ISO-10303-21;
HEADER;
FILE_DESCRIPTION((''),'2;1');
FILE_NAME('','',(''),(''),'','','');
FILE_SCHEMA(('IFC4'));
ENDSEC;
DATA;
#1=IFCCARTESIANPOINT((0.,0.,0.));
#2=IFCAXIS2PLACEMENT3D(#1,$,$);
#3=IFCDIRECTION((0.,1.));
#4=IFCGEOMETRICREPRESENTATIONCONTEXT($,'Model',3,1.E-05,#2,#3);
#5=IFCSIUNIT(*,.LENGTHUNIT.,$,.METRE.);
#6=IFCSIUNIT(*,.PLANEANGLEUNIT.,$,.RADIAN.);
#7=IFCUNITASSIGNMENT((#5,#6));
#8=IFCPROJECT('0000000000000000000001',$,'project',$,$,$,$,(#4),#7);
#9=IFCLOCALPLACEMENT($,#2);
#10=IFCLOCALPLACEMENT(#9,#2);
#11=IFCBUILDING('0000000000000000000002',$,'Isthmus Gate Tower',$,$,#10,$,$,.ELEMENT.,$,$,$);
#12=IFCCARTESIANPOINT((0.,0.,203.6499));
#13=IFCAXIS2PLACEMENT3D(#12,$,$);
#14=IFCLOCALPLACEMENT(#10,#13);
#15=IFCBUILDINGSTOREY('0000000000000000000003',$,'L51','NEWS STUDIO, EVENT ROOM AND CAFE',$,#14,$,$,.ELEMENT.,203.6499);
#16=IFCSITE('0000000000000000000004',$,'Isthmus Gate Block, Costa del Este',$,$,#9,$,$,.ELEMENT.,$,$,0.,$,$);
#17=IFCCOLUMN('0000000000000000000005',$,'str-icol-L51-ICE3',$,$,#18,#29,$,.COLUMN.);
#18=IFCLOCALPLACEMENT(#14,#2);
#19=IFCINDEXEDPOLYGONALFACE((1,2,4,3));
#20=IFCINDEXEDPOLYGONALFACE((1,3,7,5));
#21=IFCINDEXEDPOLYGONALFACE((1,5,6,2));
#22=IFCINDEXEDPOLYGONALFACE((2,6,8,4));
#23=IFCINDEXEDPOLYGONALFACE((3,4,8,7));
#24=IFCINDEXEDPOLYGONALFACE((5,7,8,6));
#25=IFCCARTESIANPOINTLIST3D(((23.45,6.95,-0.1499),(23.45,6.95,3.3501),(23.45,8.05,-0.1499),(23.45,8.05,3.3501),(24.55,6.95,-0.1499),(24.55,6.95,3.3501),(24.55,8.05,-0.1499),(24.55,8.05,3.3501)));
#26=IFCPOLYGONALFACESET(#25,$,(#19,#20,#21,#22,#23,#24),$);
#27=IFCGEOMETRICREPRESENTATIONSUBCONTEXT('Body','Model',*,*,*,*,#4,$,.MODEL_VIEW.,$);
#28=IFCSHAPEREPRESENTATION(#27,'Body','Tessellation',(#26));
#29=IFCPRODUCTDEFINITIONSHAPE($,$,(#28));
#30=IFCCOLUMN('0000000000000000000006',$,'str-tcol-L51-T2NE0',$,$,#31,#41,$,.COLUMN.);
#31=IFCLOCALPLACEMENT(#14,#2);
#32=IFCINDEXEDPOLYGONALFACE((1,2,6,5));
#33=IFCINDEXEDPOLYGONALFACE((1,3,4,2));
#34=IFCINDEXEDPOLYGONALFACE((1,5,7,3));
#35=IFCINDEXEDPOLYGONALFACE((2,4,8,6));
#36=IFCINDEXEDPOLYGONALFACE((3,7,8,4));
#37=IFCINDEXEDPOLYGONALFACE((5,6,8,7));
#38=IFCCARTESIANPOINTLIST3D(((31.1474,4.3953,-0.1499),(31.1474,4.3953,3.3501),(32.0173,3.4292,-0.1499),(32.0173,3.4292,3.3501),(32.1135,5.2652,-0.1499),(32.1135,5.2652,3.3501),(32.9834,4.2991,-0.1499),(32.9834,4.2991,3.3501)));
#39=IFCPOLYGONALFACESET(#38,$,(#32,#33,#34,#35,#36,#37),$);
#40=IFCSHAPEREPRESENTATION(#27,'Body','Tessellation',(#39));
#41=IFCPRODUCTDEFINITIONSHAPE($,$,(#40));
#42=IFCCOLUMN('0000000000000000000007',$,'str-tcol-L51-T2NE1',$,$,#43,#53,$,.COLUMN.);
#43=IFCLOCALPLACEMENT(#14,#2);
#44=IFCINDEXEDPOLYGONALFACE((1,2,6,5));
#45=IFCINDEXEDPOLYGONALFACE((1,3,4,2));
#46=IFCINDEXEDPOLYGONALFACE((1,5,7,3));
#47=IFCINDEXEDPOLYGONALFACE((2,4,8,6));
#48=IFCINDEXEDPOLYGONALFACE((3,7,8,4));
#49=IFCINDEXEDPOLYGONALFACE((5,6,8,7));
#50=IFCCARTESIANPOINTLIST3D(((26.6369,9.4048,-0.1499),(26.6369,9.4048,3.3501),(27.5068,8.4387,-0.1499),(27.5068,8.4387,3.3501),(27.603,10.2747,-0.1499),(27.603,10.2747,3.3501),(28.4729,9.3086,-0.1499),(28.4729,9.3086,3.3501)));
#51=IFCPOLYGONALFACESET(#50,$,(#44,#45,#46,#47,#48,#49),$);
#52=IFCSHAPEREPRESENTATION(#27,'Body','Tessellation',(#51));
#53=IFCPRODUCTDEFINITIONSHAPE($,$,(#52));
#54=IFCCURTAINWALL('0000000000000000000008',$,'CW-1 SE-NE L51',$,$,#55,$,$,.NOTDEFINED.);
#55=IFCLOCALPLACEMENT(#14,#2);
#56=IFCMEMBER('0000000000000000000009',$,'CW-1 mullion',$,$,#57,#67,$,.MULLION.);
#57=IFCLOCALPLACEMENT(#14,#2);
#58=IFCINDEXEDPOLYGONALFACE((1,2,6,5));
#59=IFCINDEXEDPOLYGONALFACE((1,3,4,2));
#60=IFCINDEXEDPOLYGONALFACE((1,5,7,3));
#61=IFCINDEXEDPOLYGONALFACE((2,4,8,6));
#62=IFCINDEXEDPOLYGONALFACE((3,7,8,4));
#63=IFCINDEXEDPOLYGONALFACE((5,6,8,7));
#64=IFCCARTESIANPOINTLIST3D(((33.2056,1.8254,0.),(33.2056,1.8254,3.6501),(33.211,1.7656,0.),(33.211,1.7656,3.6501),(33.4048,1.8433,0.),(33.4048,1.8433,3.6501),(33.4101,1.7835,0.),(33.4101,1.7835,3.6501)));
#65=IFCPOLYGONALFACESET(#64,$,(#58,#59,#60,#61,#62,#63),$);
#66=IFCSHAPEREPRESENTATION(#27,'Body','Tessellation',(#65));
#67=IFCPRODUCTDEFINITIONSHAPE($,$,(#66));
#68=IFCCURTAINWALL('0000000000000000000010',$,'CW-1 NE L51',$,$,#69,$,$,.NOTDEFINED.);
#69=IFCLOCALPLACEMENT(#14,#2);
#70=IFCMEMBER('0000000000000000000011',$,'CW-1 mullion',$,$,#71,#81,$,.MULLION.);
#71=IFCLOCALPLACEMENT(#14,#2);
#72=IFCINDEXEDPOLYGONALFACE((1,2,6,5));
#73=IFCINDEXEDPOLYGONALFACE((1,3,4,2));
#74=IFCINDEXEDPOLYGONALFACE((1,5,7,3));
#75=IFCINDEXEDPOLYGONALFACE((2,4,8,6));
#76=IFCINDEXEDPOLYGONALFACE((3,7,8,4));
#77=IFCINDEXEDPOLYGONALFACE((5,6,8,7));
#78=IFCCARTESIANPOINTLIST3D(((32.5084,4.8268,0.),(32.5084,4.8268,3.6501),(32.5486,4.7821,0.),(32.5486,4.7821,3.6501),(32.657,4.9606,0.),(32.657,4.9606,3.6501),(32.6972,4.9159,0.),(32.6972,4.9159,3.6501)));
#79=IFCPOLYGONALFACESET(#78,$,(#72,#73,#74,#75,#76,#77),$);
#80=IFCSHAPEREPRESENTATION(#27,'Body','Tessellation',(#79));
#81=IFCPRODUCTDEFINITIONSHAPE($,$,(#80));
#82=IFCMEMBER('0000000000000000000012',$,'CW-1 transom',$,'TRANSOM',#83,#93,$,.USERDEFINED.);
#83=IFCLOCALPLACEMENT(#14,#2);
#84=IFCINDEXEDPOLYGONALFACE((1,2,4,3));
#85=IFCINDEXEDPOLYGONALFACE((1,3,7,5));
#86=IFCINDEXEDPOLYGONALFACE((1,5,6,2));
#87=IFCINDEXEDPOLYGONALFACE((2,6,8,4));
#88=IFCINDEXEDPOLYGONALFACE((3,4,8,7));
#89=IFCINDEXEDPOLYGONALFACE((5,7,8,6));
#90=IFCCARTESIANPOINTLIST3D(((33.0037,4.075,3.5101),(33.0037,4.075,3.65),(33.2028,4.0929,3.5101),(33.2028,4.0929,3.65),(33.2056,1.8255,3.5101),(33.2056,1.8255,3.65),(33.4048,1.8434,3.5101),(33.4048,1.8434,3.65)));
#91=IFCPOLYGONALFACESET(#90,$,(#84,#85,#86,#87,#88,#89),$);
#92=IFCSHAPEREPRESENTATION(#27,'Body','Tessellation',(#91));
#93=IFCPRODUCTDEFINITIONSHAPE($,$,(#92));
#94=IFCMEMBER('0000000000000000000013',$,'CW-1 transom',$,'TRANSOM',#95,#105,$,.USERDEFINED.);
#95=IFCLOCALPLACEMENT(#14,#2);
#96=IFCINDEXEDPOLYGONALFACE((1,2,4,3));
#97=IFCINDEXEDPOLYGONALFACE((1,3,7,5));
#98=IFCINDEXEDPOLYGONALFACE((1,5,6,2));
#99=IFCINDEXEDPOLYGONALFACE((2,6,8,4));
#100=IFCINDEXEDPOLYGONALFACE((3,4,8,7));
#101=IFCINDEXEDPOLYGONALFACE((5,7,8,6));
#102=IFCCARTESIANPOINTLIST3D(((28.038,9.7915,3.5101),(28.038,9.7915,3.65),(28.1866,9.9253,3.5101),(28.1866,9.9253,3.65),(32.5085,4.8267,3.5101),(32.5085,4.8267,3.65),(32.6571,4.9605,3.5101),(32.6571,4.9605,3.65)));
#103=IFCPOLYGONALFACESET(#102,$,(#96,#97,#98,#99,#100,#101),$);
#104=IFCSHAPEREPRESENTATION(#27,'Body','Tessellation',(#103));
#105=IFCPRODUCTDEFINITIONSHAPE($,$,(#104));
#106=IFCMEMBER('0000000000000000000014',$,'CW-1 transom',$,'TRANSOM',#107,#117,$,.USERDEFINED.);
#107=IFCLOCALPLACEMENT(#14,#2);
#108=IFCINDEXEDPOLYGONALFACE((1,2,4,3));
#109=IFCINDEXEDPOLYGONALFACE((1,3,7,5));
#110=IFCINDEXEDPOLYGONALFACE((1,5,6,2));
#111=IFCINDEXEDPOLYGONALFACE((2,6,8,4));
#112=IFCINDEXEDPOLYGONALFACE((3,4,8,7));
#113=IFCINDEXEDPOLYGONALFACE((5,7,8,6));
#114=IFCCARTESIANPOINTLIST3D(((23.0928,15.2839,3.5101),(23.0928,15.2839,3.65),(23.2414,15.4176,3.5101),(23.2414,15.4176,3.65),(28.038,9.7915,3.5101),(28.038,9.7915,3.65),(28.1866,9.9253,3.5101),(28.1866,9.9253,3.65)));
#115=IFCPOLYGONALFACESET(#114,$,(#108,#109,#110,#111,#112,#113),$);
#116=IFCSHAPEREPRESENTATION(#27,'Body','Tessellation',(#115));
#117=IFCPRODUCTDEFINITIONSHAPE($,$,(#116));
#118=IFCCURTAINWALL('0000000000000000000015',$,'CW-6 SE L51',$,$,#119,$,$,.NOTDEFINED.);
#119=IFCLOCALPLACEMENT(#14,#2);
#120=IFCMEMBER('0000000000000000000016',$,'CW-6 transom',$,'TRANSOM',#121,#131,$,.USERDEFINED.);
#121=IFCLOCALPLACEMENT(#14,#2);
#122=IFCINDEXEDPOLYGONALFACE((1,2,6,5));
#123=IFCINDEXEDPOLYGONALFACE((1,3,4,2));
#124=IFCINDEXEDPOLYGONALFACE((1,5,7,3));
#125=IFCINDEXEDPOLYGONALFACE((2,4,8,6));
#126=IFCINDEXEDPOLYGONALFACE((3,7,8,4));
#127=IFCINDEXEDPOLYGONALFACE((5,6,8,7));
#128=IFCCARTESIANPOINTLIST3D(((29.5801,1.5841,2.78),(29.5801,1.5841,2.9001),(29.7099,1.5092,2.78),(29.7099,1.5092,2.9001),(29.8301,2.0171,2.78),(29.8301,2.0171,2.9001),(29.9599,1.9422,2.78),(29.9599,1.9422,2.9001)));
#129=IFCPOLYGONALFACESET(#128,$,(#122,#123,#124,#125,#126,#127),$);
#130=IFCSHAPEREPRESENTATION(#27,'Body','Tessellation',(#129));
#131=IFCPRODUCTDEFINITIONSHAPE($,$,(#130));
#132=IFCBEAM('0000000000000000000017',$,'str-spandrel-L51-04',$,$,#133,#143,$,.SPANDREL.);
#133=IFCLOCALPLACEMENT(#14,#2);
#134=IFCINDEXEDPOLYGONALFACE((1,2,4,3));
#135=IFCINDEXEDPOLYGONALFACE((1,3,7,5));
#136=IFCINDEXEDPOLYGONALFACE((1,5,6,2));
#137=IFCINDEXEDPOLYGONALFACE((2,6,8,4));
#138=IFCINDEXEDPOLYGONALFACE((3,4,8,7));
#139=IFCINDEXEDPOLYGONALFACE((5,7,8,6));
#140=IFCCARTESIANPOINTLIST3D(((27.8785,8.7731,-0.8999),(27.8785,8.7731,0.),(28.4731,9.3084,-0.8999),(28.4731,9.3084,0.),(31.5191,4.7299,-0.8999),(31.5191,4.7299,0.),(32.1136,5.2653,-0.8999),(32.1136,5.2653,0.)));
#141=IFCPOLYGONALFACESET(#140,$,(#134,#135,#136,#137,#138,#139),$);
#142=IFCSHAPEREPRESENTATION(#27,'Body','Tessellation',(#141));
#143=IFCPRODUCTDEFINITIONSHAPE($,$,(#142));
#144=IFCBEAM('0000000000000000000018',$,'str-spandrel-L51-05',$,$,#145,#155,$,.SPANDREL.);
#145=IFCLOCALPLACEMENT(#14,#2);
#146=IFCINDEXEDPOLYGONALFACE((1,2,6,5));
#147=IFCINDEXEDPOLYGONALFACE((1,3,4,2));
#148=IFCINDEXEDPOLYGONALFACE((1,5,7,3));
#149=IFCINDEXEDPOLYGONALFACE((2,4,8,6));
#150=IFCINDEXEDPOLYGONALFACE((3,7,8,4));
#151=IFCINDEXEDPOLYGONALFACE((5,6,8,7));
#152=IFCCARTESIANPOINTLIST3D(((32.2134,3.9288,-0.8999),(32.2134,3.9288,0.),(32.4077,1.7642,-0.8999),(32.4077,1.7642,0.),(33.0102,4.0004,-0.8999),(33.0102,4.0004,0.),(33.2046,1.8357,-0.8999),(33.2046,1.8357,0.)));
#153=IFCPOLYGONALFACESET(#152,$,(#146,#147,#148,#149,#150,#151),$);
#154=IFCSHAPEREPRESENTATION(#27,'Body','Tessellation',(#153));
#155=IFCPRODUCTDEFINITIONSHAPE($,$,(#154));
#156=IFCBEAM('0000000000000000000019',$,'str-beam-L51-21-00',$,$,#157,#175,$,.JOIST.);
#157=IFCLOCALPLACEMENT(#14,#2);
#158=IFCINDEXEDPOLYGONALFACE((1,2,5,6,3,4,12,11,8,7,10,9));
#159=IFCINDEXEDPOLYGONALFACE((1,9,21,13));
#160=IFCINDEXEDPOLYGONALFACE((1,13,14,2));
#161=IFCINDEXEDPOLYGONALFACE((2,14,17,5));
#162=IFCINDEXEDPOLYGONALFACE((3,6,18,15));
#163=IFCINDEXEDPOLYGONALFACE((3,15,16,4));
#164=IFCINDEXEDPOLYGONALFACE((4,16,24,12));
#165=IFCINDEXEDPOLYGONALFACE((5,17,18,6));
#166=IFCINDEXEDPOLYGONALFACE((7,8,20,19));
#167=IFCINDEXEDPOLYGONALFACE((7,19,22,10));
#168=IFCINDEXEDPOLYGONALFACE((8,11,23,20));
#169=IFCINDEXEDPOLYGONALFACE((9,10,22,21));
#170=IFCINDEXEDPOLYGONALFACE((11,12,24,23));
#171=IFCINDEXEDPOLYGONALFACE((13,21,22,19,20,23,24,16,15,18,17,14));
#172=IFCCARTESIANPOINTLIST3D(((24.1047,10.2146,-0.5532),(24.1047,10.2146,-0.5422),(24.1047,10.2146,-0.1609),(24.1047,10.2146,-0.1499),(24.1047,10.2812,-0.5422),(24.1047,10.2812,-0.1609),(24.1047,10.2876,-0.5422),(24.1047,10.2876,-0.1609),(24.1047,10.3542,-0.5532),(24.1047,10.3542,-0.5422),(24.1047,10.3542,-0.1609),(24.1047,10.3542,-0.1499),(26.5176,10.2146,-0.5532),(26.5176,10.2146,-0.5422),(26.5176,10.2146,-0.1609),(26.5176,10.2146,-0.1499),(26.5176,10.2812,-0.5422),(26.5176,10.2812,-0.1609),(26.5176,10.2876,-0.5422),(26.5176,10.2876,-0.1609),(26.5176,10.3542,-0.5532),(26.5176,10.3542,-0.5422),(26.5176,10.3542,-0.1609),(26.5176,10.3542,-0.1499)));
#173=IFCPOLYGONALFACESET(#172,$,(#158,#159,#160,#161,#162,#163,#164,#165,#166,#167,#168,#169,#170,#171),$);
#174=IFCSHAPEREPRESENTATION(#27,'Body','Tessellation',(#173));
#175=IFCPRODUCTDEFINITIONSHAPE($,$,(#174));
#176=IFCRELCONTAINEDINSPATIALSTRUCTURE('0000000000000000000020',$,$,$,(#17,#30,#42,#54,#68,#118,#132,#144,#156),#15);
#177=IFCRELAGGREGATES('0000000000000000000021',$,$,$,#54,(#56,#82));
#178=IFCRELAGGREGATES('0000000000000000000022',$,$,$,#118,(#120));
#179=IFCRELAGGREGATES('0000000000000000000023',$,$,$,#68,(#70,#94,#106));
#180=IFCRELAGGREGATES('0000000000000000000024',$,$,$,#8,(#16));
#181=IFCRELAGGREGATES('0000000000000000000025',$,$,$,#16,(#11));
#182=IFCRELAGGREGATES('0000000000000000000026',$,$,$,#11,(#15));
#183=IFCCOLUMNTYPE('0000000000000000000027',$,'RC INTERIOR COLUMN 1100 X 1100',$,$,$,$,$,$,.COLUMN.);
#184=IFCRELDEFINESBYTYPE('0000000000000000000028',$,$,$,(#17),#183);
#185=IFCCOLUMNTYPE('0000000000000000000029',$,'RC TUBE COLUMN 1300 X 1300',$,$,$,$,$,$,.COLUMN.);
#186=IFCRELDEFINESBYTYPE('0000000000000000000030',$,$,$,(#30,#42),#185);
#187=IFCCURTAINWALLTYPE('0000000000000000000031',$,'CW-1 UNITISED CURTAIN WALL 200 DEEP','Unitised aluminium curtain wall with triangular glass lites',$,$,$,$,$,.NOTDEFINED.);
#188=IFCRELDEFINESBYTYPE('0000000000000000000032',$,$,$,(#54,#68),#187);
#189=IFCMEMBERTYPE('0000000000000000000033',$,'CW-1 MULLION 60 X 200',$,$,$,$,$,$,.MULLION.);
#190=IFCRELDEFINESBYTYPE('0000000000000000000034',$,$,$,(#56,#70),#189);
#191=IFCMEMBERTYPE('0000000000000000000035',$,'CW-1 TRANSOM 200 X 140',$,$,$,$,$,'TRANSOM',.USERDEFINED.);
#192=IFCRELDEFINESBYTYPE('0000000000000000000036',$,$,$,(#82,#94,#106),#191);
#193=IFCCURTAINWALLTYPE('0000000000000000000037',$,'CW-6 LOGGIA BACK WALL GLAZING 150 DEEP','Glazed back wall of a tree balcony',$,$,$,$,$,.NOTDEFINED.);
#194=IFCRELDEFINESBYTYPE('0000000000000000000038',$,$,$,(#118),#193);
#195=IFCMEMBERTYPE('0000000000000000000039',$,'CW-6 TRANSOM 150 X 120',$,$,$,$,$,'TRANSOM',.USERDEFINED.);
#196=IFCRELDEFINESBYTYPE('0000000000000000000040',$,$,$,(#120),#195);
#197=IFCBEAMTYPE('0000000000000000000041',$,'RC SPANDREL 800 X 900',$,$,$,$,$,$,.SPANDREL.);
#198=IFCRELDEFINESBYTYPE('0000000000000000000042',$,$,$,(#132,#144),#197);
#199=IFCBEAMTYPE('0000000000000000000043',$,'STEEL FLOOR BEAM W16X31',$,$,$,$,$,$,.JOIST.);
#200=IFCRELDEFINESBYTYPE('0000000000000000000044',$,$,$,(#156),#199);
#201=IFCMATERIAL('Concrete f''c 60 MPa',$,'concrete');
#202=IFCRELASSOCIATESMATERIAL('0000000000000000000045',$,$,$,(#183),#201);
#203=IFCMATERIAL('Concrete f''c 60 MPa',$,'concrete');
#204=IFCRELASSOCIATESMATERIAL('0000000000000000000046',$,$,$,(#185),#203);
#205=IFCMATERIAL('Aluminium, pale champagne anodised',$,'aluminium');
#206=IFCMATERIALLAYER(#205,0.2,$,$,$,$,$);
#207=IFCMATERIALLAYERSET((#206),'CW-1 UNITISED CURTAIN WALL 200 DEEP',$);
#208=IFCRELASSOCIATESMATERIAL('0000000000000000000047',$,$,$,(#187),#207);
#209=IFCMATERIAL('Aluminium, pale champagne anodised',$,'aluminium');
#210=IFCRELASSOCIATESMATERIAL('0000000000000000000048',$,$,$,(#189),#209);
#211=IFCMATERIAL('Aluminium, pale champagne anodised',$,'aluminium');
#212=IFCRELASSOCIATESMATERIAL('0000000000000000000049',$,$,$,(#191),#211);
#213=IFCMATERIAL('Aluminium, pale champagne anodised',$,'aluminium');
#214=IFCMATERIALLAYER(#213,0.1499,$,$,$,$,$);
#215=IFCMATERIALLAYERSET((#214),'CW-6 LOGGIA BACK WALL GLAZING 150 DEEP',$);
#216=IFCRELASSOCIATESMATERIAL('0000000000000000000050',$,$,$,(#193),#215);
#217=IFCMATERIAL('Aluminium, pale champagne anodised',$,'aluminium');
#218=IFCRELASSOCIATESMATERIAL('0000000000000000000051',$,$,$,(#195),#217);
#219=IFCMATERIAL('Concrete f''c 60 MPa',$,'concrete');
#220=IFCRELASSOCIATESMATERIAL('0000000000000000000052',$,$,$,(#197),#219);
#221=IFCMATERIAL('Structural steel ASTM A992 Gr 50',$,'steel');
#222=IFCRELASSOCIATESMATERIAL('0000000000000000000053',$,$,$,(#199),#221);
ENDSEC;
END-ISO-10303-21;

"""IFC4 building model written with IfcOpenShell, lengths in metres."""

from ifc_helpers import new_model, si_unit, direction, frame, origin, origin_2d, place, context, subcontext, project, spatial, rectangle, i_section, extrude, material, layer, layer_set, material_profile, profile_set, type_object, element, aggregate, save


model = new_model("IFC4")

# Units and contexts
model_context = context("Model", 3, precision=1e-05, world=origin(), true_north=direction((0.0, 1.0)))
body_context = subcontext(model_context, "Body", "Model", "MODEL_VIEW")
ifc_project = project(units=[si_unit("LENGTHUNIT", "METRE"), si_unit("PLANEANGLEUNIT", "RADIAN")], contexts=[model_context])

# Site, building, storey
site_placement = place(None, origin())
site = spatial("IfcSite", under=ifc_project, at=site_placement, Name="Isthmus Gate Block, Costa del Este", CompositionType="ELEMENT", RefElevation=0.0)
building_placement = place(site_placement, origin())
building = spatial("IfcBuilding", under=site, at=building_placement, Name="Isthmus Gate Tower", CompositionType="ELEMENT")
storey_placement = place(building_placement, frame((0.0, 0.0, 203.6499)))
storey = spatial("IfcBuildingStorey", under=building, at=storey_placement, Name="L51", Description="NEWS STUDIO, EVENT ROOM AND CAFE", CompositionType="ELEMENT", Elevation=203.6499)

# Columns
ifc_material_1 = material(Name="Concrete f'c 60 MPa", Category="concrete")
ifc_material_profile_1 = material_profile(ifc_material_1, rectangle(XDim=1.1001, YDim=1.1001, at=origin_2d()), Name="RC 1100X1100")
ifc_profile_set_1 = profile_set([ifc_material_profile_1], Name="Concrete f'c 60 MPa")
column_type_1 = type_object("IfcColumnType", Name="RC INTERIOR COLUMN 1100 X 1100", PredefinedType="COLUMN", material=ifc_profile_set_1)
column_placement = place(storey_placement, frame((24.0, 7.5, -0.1499), z_axis=(0.0, 0.0, 1.0), x_axis=(1.0, 0.0, 0.0)))
element("IfcColumn", 1, at=column_placement, inside=storey, type_object=column_type_1, Name="str-icol-L51-ICE3", PredefinedType="COLUMN", context=body_context, shape_type="SweptSolid", body=[
    extrude(rectangle(XDim=1.1001, YDim=1.1001, at=origin_2d()), origin(), (0.0, 0.0, 1.0), 3.5),
])
ifc_material_2 = material(Name="Concrete f'c 60 MPa", Category="concrete")
ifc_material_profile_2 = material_profile(ifc_material_2, rectangle(XDim=1.3, YDim=1.3, at=origin_2d()), Name="RC 1300X1300")
ifc_profile_set_2 = profile_set([ifc_material_profile_2], Name="Concrete f'c 60 MPa")
column_type_2 = type_object("IfcColumnType", Name="RC TUBE COLUMN 1300 X 1300", PredefinedType="COLUMN", material=ifc_profile_set_2)
for number, where, z_axis, x_axis, name in (
    (2, (32.0654, 4.3472, -0.1499), (0.0, 0.0, 1.0), (-0.669131, 0.743145, 0.0), "str-tcol-L51-T2NE0"),
    (3, (27.5549, 9.3567, -0.1499), (0.0, 0.0, 1.0), (-0.669131, 0.743145, 0.0), "str-tcol-L51-T2NE1"),
):
    element("IfcColumn", number, at=place(storey_placement, frame(where, z_axis=z_axis, x_axis=x_axis)), inside=storey, type_object=column_type_2, Name=name, PredefinedType="COLUMN", context=body_context, shape_type="SweptSolid", body=[
        extrude(rectangle(XDim=1.3, YDim=1.3, at=origin_2d()), origin(), (0.0, 0.0, 1.0), 3.5),
    ])

# Curtain walls, members
ifc_material_3 = material(Name="Aluminium, pale champagne anodised", Category="aluminium")
ifc_layer_1 = layer(ifc_material_3, 0.2)
ifc_layer_set_1 = layer_set([ifc_layer_1], Name="CW-1 UNITISED CURTAIN WALL 200 DEEP")
curtain_wall_type_1 = type_object("IfcCurtainWallType", Name="CW-1 UNITISED CURTAIN WALL 200 DEEP", Description="Unitised aluminium curtain wall with triangular glass lites", PredefinedType="NOTDEFINED", material=ifc_layer_set_1)
curtain_wall_1_placement = place(storey_placement, origin())
curtain_wall_1 = element("IfcCurtainWall", 4, at=curtain_wall_1_placement, inside=storey, type_object=curtain_wall_type_1, Name="CW-1 SE-NE L51", PredefinedType="NOTDEFINED")
ifc_material_4 = material(Name="Aluminium, pale champagne anodised", Category="aluminium")
ifc_material_profile_3 = material_profile(ifc_material_4, rectangle(XDim=0.0601, YDim=0.2, at=origin_2d()), Name="60x200")
ifc_profile_set_3 = profile_set([ifc_material_profile_3], Name="Aluminium, pale champagne anodised")
member_type_1 = type_object("IfcMemberType", Name="CW-1 MULLION 60 X 200", PredefinedType="MULLION", material=ifc_profile_set_3)
member_1_placement = place(storey_placement, frame((33.3079, 1.8044, 0.0), z_axis=(0.0, 0.0, 1.0), x_axis=(-0.089397, 0.995996, 0.0)))
member_1 = element("IfcMember", 5, at=member_1_placement, type_object=member_type_1, Name="CW-1 mullion", PredefinedType="MULLION", context=body_context, shape_type="SweptSolid", body=[
    extrude(rectangle(XDim=0.0601, YDim=0.2, at=origin_2d()), origin(), (0.0, 0.0, 1.0), 3.6501),
])
curtain_wall_2_placement = place(storey_placement, origin())
curtain_wall_2 = element("IfcCurtainWall", 6, at=curtain_wall_2_placement, inside=storey, type_object=curtain_wall_type_1, Name="CW-1 NE L51", PredefinedType="NOTDEFINED")
member_2_placement = place(storey_placement, frame((32.6028, 4.8713, 0.0), z_axis=(0.0, 0.0, 1.0), x_axis=(-0.669131, 0.743145, 0.0)))
member_2 = element("IfcMember", 7, at=member_2_placement, type_object=member_type_1, Name="CW-1 mullion", PredefinedType="MULLION", context=body_context, shape_type="SweptSolid", body=[
    extrude(rectangle(XDim=0.0601, YDim=0.2, at=origin_2d()), origin(), (0.0, 0.0, 1.0), 3.6501),
])

# Members
ifc_material_5 = material(Name="Aluminium, pale champagne anodised", Category="aluminium")
ifc_material_profile_4 = material_profile(ifc_material_5, rectangle(XDim=0.2, YDim=0.1399, at=origin_2d()), Name="200x140")
ifc_profile_set_4 = profile_set([ifc_material_profile_4], Name="Aluminium, pale champagne anodised")
member_type_2 = type_object("IfcMemberType", Name="CW-1 TRANSOM 200 X 140", ElementType="TRANSOM", PredefinedType="USERDEFINED", material=ifc_profile_set_4)
member_3_placement = place(storey_placement, frame((33.3052, 1.8345, 3.5801), z_axis=(-0.089395, 0.995996, 0.0), x_axis=(-0.995996, -0.089395, 0.0)))
member_3 = element("IfcMember", 8, at=member_3_placement, type_object=member_type_2, Name="CW-1 transom", ObjectType="TRANSOM", PredefinedType="USERDEFINED", context=body_context, shape_type="SweptSolid", body=[
    extrude(rectangle(XDim=0.2, YDim=0.1399, at=origin_2d()), origin(), (0.0, 0.0, 1.0), 2.2585),
])
member_4_placement = place(storey_placement, frame((32.5828, 4.8936, 3.5801), z_axis=(-0.669138, 0.743138, 0.0), x_axis=(-0.743138, -0.669138, 0.0)))
member_4 = element("IfcMember", 9, at=member_4_placement, type_object=member_type_2, Name="CW-1 transom", ObjectType="TRANSOM", PredefinedType="USERDEFINED", context=body_context, shape_type="SweptSolid", body=[
    extrude(rectangle(XDim=0.2, YDim=0.1399, at=origin_2d()), origin(), (0.0, 0.0, 1.0), 6.6809),
])
member_5_placement = place(storey_placement, frame((28.1123, 9.8584, 3.5801), z_axis=(-0.669123, 0.743151, 0.0), x_axis=(-0.743151, -0.669123, 0.0)))
member_5 = element("IfcMember", 10, at=member_5_placement, type_object=member_type_2, Name="CW-1 transom", ObjectType="TRANSOM", PredefinedType="USERDEFINED", context=body_context, shape_type="SweptSolid", body=[
    extrude(rectangle(XDim=0.2, YDim=0.1399, at=origin_2d()), origin(), (0.0, 0.0, 1.0), 7.3906),
])

# Curtain wall, member
ifc_material_6 = material(Name="Aluminium, pale champagne anodised", Category="aluminium")
ifc_layer_2 = layer(ifc_material_6, 0.1499)
ifc_layer_set_2 = layer_set([ifc_layer_2], Name="CW-6 LOGGIA BACK WALL GLAZING 150 DEEP")
curtain_wall_type_2 = type_object("IfcCurtainWallType", Name="CW-6 LOGGIA BACK WALL GLAZING 150 DEEP", Description="Glazed back wall of a tree balcony", PredefinedType="NOTDEFINED", material=ifc_layer_set_2)
curtain_wall_3_placement = place(storey_placement, origin())
curtain_wall_3 = element("IfcCurtainWall", 11, at=curtain_wall_3_placement, inside=storey, type_object=curtain_wall_type_2, Name="CW-6 SE L51", PredefinedType="NOTDEFINED")
ifc_material_7 = material(Name="Aluminium, pale champagne anodised", Category="aluminium")
ifc_material_profile_5 = material_profile(ifc_material_7, rectangle(XDim=0.1499, YDim=0.1201, at=origin_2d()), Name="150x120")
ifc_profile_set_5 = profile_set([ifc_material_profile_5], Name="Aluminium, pale champagne anodised")
member_type_3 = type_object("IfcMemberType", Name="CW-6 TRANSOM 150 X 120", ElementType="TRANSOM", PredefinedType="USERDEFINED", material=ifc_profile_set_5)
member_6_placement = place(storey_placement, frame((29.645, 1.5466, 2.8401), z_axis=(0.49992, 0.866072, 0.0), x_axis=(-0.866072, 0.49992, 0.0)))
member_6 = element("IfcMember", 12, at=member_6_placement, type_object=member_type_3, Name="CW-6 transom", ObjectType="TRANSOM", PredefinedType="USERDEFINED", context=body_context, shape_type="SweptSolid", body=[
    extrude(rectangle(XDim=0.1499, YDim=0.1201, at=origin_2d()), origin(), (0.0, 0.0, 1.0), 0.5),
])

# Beams
ifc_material_8 = material(Name="Concrete f'c 60 MPa", Category="concrete")
ifc_material_profile_6 = material_profile(ifc_material_8, rectangle(XDim=0.8, YDim=0.8999, at=origin_2d()), Name="RC 800X900")
ifc_profile_set_6 = profile_set([ifc_material_profile_6], Name="Concrete f'c 60 MPa")
beam_type_1 = type_object("IfcBeamType", Name="RC SPANDREL 800 X 900", PredefinedType="SPANDREL", material=ifc_profile_set_6)
beam_1_placement = place(storey_placement, frame((28.1758, 9.0408, -0.45), z_axis=(0.669141, -0.743136, 0.0), x_axis=(0.743136, 0.669141, 0.0)))
element("IfcBeam", 13, at=beam_1_placement, inside=storey, type_object=beam_type_1, Name="str-spandrel-L51-04", PredefinedType="SPANDREL", context=body_context, shape_type="SweptSolid", body=[
    extrude(rectangle(XDim=0.8, YDim=0.8999, at=origin_2d()), origin(), (0.0, 0.0, 1.0), 5.4407),
])
beam_2_placement = place(storey_placement, frame((32.6118, 3.9646, -0.45), z_axis=(0.089422, -0.995994, 0.0), x_axis=(0.995994, 0.089422, 0.0)))
element("IfcBeam", 14, at=beam_2_placement, inside=storey, type_object=beam_type_1, Name="str-spandrel-L51-05", PredefinedType="SPANDREL", context=body_context, shape_type="SweptSolid", body=[
    extrude(rectangle(XDim=0.8, YDim=0.8999, at=origin_2d()), origin(), (0.0, 0.0, 1.0), 2.1733),
])
ifc_material_9 = material(Name="Structural steel ASTM A992 Gr 50", Category="steel")
ifc_material_profile_7 = material_profile(ifc_material_9, i_section(OverallWidth=0.1396, OverallDepth=0.4033, WebThickness=0.0063, FlangeThickness=0.011, at=origin_2d()), Name="W16X31")
ifc_profile_set_7 = profile_set([ifc_material_profile_7], Name="Structural steel ASTM A992 Gr 50")
beam_type_2 = type_object("IfcBeamType", Name="STEEL FLOOR BEAM W16X31", PredefinedType="JOIST", material=ifc_profile_set_7)
beam_3_placement = place(storey_placement, frame((24.1047, 10.2844, -0.3516), z_axis=(1.0, 0.0, 0.0), x_axis=(0.0, 1.0, 0.0)))
element("IfcBeam", 15, at=beam_3_placement, inside=storey, type_object=beam_type_2, Name="str-beam-L51-21-00", PredefinedType="JOIST", context=body_context, shape_type="SweptSolid", body=[
    extrude(i_section(OverallWidth=0.1396, OverallDepth=0.4033, WebThickness=0.0063, FlangeThickness=0.011, at=origin_2d()), origin(), (0.0, 0.0, 1.0), 2.4128),
])

aggregate(curtain_wall_1, [member_1, member_3])
aggregate(curtain_wall_3, [member_6])

aggregate(curtain_wall_2, [member_2, member_4, member_5])

save(model, "model.ifc")
